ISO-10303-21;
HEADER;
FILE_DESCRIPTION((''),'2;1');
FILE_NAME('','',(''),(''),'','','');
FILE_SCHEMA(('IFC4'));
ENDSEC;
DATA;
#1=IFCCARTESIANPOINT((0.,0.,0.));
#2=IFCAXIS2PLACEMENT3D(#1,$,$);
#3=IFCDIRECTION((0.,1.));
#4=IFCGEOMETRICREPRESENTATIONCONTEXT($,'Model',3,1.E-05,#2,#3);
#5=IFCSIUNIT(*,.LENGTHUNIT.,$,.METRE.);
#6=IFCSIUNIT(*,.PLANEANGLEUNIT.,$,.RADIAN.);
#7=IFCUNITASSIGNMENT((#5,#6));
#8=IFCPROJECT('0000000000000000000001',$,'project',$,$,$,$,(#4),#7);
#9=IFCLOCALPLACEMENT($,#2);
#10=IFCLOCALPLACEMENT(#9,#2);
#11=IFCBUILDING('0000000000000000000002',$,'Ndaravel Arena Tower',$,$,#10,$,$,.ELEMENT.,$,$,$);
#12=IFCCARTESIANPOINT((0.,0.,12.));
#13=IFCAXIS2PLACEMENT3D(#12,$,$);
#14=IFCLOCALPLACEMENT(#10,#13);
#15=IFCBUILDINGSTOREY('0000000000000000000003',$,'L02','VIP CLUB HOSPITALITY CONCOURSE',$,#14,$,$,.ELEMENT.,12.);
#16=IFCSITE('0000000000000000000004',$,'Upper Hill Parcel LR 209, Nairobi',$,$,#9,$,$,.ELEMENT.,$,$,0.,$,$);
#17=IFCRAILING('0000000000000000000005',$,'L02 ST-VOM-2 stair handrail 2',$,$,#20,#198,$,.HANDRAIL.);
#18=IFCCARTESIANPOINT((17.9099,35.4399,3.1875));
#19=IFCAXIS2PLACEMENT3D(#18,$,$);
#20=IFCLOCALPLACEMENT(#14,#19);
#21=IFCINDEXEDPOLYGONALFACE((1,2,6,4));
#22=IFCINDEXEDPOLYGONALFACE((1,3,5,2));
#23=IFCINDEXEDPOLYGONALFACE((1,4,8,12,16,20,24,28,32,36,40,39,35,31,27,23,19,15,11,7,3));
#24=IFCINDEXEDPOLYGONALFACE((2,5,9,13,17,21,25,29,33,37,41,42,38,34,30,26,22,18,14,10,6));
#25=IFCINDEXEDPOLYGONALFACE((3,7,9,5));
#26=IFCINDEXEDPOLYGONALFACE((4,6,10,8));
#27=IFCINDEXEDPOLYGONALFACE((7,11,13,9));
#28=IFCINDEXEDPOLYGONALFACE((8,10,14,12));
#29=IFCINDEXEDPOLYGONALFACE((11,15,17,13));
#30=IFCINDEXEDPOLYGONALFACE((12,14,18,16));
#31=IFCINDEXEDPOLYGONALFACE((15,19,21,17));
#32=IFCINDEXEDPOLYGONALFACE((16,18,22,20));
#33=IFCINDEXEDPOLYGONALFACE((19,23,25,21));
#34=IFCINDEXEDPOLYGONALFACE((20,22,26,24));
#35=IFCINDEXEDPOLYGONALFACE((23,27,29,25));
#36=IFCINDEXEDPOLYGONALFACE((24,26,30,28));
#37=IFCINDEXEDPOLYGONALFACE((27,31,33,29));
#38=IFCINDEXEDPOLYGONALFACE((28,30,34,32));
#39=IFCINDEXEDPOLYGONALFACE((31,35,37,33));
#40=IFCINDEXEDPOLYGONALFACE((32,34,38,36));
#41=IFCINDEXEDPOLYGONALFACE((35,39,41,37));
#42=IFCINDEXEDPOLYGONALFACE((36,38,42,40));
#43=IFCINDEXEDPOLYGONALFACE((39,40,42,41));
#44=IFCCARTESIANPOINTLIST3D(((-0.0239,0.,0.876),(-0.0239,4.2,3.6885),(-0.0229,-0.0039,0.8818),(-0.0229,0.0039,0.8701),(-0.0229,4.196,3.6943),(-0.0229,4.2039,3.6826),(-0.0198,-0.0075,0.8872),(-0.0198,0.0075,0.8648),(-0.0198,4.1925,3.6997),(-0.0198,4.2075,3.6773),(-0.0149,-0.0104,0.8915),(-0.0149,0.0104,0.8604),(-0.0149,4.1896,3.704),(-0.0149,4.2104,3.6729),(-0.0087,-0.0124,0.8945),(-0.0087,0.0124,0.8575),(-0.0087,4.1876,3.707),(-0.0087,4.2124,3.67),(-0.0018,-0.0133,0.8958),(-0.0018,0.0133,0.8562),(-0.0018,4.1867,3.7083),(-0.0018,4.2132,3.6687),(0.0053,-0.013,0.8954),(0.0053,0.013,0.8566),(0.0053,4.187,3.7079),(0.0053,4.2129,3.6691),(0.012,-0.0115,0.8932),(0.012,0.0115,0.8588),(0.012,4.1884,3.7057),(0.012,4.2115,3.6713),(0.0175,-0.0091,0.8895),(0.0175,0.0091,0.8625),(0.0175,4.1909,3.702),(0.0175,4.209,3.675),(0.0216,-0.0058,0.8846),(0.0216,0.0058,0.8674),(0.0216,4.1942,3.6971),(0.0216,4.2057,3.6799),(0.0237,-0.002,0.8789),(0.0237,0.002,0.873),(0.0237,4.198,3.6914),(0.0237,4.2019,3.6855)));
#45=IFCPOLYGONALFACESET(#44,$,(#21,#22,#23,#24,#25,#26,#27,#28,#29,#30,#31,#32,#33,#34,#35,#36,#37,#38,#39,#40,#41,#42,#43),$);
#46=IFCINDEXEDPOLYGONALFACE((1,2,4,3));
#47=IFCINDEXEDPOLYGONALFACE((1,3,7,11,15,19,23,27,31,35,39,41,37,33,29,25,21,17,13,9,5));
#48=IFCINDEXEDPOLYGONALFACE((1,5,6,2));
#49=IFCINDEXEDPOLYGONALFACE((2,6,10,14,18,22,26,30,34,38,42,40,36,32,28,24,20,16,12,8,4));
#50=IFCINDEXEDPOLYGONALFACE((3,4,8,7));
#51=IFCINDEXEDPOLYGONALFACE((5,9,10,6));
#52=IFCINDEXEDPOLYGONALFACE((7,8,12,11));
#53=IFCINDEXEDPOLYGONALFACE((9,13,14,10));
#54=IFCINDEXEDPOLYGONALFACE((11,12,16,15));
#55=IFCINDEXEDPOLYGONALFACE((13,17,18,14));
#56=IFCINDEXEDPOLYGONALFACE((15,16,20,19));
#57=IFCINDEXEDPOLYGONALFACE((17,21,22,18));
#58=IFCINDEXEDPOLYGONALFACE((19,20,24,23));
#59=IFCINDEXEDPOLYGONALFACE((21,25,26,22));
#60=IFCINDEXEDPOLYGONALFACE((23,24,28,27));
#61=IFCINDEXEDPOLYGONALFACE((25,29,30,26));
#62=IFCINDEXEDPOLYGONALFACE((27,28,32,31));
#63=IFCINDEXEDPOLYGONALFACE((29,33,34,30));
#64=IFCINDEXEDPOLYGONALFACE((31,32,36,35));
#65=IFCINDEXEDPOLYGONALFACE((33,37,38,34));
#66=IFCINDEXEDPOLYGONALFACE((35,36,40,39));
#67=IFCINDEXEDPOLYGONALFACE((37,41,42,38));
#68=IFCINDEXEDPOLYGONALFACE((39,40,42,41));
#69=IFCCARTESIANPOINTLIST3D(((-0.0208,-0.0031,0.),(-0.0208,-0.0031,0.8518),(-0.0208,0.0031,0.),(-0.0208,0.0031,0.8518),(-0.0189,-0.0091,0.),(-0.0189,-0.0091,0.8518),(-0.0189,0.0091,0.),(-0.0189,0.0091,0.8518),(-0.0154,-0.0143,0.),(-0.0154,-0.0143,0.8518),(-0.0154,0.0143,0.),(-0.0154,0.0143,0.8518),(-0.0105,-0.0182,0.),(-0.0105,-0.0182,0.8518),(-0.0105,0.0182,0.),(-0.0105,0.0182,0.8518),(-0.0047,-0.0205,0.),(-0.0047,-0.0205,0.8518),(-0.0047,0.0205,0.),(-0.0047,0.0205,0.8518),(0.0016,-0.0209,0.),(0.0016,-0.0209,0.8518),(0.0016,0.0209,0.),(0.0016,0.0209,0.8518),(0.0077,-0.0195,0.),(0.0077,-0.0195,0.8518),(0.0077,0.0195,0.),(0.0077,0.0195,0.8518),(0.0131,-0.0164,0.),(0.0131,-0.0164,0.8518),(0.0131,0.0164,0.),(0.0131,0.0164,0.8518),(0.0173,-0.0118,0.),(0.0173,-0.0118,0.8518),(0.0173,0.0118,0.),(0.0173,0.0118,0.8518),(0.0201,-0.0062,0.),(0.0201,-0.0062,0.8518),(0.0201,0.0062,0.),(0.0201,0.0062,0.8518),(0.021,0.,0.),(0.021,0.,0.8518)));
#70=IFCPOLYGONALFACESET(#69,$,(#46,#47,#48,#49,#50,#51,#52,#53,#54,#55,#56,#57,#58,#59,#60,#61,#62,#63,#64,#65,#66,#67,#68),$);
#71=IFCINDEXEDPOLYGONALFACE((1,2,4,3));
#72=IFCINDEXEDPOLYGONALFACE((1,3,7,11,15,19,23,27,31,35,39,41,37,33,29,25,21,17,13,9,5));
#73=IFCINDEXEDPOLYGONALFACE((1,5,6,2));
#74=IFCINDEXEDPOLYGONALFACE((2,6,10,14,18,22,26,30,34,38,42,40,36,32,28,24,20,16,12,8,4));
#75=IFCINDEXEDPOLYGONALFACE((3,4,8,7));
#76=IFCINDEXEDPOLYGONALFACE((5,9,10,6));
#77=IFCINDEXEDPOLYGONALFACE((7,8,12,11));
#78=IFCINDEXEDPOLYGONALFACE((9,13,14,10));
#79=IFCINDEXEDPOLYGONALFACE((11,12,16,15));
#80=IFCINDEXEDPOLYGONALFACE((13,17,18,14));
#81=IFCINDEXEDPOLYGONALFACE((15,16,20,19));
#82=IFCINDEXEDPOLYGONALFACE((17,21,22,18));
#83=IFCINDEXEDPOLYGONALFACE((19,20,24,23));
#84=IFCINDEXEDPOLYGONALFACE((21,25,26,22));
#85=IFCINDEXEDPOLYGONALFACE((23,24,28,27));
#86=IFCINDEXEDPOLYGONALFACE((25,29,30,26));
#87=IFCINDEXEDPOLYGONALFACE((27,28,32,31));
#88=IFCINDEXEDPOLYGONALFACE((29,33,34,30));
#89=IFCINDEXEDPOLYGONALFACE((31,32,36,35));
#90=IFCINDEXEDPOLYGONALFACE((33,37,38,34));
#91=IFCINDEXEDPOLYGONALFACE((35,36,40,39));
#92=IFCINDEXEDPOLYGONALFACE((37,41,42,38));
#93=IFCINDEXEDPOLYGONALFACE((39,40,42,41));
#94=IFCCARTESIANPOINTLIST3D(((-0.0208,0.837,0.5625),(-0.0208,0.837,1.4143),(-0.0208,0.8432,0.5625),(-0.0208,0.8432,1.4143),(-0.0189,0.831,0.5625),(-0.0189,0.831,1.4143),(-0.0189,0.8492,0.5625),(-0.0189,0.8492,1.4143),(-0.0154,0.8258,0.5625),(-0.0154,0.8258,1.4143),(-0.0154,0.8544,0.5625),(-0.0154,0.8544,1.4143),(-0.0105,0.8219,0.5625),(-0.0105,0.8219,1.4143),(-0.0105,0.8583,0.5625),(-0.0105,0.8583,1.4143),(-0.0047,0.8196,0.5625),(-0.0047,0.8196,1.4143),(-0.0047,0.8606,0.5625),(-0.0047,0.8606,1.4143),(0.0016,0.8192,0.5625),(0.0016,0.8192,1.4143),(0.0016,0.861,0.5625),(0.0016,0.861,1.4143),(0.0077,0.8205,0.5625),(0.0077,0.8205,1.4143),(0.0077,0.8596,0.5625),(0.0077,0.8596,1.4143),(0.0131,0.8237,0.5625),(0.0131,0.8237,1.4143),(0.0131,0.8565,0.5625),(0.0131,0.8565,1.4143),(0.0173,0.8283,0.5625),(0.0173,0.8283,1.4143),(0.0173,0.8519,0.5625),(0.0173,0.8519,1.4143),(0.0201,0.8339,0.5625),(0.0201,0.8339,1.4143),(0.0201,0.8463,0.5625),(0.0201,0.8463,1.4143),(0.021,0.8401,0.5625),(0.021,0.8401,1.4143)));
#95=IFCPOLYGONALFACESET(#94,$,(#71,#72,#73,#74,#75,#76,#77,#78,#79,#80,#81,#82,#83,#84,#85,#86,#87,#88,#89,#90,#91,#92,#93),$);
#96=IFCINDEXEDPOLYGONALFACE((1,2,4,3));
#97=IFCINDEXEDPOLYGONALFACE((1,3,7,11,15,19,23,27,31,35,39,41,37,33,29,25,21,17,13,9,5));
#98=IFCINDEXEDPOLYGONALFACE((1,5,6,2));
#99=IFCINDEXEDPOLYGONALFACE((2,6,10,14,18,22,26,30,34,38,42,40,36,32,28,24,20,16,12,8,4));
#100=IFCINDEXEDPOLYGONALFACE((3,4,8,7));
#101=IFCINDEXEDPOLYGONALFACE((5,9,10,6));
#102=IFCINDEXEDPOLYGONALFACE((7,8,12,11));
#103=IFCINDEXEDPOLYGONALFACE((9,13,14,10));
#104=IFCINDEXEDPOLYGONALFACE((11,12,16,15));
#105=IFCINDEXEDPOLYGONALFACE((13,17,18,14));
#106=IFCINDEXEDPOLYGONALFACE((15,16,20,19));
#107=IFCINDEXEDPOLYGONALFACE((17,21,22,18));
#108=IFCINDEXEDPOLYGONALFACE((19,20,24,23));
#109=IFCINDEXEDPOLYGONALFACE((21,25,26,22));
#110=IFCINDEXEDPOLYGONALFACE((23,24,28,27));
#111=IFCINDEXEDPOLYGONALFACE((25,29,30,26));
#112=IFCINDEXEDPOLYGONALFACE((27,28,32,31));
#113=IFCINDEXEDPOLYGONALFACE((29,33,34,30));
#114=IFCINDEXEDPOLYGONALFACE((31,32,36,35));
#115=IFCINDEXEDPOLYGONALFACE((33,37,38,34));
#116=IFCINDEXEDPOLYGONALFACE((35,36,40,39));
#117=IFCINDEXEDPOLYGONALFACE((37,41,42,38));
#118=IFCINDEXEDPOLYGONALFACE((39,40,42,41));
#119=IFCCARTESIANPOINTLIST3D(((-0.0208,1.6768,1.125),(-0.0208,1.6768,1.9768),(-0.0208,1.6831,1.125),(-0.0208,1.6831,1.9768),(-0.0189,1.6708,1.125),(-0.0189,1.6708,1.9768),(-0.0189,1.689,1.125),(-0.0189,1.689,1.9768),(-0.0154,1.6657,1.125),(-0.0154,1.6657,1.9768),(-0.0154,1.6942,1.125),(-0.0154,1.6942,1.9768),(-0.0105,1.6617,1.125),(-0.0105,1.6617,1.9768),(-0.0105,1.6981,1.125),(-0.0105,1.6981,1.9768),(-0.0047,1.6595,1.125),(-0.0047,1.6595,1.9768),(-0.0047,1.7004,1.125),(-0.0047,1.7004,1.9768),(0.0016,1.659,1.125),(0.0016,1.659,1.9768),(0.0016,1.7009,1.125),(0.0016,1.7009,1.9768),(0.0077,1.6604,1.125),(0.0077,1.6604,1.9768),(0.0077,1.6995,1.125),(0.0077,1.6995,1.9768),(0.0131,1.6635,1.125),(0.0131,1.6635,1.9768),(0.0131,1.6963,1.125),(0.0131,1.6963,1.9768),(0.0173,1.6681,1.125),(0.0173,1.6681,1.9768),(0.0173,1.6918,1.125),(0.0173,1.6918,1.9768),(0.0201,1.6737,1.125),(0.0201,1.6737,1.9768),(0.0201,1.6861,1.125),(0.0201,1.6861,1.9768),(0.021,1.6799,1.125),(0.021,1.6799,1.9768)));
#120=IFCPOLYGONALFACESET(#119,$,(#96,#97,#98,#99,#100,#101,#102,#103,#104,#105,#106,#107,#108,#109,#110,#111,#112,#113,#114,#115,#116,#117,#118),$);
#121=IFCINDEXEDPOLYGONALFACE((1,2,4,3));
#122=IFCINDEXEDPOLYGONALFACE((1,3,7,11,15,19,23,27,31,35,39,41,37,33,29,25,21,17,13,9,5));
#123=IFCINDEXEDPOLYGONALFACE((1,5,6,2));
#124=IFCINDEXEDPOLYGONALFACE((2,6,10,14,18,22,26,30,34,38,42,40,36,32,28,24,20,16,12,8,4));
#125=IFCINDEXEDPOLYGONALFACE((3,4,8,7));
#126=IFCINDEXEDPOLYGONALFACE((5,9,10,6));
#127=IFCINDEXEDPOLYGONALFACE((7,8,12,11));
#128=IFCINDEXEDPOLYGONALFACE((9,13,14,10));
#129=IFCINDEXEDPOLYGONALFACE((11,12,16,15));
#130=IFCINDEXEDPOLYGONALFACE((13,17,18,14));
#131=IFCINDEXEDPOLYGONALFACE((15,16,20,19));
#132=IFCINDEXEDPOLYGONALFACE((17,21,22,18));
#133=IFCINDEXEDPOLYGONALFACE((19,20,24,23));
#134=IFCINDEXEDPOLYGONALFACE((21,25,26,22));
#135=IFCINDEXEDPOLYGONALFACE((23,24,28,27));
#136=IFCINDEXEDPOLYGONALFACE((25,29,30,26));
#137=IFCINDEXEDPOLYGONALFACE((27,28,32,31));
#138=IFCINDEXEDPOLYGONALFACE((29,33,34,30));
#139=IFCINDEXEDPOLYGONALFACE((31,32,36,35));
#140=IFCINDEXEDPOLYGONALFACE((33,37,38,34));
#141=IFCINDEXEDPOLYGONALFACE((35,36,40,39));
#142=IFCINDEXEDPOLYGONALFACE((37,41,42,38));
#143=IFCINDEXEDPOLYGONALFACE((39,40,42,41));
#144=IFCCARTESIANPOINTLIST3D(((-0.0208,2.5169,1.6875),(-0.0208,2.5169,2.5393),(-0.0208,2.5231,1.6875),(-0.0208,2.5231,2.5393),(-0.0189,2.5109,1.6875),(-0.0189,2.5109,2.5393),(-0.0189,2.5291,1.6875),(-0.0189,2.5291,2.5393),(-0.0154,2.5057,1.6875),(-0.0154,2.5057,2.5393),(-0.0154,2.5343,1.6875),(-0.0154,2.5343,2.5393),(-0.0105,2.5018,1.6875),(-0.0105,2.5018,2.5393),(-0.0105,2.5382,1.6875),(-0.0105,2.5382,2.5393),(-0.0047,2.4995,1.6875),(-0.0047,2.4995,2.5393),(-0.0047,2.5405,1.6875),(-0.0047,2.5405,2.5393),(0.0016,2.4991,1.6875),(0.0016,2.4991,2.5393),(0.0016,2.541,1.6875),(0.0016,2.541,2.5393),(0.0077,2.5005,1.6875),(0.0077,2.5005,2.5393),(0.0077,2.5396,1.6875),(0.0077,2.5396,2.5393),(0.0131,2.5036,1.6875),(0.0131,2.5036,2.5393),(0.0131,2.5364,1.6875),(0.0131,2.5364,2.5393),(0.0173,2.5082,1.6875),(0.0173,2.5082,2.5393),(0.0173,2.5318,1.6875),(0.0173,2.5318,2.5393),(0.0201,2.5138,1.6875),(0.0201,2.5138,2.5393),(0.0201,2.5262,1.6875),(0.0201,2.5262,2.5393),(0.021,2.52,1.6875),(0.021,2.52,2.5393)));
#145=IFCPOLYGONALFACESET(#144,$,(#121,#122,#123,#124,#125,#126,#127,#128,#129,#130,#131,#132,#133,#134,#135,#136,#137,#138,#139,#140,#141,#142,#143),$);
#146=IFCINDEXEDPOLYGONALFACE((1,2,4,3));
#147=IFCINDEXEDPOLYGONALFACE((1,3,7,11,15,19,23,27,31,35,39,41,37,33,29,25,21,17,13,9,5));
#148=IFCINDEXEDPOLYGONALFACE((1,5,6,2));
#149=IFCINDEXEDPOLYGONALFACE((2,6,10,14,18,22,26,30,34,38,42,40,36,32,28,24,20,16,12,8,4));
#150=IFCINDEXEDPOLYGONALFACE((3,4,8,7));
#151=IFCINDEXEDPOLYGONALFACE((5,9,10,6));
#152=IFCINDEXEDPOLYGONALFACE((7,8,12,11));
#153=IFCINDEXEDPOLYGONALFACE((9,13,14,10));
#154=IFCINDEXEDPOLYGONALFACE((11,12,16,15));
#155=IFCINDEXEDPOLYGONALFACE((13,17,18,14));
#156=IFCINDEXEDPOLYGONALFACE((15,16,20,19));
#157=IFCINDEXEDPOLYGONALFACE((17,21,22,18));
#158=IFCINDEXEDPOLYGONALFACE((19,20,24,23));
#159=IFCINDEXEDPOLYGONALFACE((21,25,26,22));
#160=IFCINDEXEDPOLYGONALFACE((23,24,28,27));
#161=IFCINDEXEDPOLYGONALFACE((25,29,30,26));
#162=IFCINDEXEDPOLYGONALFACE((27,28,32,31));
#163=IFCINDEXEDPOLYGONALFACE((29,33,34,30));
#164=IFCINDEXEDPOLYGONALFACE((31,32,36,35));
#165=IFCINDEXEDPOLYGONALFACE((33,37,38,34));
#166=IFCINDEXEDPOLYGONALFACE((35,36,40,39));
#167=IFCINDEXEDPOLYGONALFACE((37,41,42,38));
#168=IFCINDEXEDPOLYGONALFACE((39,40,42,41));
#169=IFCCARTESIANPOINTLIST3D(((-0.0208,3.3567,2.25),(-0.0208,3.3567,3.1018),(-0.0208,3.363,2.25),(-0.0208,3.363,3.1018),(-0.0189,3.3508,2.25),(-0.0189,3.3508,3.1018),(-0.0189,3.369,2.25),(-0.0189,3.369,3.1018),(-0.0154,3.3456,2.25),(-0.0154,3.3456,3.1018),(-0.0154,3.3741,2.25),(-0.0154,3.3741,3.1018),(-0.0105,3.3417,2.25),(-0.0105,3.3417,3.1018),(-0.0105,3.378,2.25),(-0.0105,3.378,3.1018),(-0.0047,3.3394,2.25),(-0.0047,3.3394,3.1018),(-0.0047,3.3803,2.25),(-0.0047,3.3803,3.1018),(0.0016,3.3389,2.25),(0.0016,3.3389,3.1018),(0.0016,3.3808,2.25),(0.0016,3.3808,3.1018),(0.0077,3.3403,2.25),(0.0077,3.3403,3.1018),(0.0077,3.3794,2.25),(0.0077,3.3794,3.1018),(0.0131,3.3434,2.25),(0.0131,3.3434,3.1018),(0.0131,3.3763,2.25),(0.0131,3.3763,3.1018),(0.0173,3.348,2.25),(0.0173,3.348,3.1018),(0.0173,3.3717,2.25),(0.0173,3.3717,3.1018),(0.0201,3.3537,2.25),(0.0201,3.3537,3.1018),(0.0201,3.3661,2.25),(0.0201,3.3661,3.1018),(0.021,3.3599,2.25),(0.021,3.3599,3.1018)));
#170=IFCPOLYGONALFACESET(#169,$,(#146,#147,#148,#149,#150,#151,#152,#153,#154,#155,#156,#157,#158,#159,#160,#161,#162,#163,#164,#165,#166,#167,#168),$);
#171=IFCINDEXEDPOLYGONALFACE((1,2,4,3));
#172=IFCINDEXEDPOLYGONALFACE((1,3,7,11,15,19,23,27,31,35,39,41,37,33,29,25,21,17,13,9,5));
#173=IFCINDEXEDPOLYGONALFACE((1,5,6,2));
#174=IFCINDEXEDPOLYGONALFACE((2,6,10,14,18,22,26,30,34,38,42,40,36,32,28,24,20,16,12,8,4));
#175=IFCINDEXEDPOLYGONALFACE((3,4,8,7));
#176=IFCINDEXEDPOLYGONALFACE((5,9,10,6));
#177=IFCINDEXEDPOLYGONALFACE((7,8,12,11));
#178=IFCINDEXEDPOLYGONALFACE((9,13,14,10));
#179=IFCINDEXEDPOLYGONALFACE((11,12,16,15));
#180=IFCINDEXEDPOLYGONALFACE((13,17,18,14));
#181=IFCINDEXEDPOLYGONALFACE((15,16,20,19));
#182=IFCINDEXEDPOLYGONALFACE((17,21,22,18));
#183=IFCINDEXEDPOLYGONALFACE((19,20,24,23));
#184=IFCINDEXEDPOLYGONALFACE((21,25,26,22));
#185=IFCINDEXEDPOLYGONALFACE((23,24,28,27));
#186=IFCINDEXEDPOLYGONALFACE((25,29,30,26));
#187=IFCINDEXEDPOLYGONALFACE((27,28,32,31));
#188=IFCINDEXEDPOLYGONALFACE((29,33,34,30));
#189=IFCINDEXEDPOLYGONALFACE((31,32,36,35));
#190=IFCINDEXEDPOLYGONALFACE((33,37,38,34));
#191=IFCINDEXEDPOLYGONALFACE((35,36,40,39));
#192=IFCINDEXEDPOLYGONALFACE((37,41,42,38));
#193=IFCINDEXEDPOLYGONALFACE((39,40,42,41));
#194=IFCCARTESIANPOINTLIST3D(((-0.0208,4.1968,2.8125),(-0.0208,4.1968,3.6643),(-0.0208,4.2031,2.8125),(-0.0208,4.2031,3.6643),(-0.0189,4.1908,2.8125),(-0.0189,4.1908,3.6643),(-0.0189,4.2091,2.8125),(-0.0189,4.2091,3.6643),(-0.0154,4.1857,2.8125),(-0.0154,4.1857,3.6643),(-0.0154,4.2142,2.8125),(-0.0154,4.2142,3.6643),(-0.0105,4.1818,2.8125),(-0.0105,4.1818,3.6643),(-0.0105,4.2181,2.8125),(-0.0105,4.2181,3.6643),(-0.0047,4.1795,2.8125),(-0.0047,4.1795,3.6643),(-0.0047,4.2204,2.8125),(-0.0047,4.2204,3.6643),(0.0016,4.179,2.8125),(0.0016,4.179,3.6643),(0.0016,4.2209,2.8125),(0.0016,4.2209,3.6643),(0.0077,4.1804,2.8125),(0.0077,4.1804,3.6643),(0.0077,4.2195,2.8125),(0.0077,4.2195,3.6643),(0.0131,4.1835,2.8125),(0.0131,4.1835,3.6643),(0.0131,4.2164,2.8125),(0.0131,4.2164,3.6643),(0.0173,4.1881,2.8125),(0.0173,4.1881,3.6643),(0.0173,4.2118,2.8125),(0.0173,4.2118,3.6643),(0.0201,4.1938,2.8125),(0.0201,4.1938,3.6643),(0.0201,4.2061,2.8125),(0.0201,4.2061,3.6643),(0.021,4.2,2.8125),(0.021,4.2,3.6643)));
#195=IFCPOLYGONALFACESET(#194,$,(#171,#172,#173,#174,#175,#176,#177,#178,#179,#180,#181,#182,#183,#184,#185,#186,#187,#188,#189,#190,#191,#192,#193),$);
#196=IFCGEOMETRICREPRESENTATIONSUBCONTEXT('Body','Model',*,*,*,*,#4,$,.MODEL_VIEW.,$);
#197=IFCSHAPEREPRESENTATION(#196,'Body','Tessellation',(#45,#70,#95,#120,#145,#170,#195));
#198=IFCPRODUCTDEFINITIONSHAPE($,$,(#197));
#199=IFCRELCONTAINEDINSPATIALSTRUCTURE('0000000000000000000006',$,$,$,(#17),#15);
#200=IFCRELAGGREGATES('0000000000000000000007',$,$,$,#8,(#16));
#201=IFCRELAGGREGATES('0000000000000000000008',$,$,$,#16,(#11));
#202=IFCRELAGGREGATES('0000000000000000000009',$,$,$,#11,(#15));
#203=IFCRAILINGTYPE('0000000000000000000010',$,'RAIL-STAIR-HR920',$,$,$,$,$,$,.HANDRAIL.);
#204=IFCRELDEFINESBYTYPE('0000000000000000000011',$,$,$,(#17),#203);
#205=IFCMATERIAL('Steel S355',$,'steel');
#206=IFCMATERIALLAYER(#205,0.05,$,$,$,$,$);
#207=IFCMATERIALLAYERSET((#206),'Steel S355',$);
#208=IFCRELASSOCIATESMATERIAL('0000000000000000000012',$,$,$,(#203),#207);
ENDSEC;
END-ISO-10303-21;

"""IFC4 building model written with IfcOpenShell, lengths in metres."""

from ifc_helpers import new_model, si_unit, direction, frame, origin, origin_2d, place, context, subcontext, project, spatial, circle, extrude, material, layer, layer_set, type_object, element, save


model = new_model("IFC4")

# Units and contexts
model_context = context("Model", 3, precision=1e-05, world=origin(), true_north=direction((0.0, 1.0)))
body_context = subcontext(model_context, "Body", "Model", "MODEL_VIEW")
ifc_project = project(units=[si_unit("LENGTHUNIT", "METRE"), si_unit("PLANEANGLEUNIT", "RADIAN")], contexts=[model_context])

# Site, building, storey
site_placement = place(None, origin())
site = spatial("IfcSite", under=ifc_project, at=site_placement, Name="Upper Hill Parcel LR 209, Nairobi", CompositionType="ELEMENT", RefElevation=0.0)
building_placement = place(site_placement, origin())
building = spatial("IfcBuilding", under=site, at=building_placement, Name="Ndaravel Arena Tower", CompositionType="ELEMENT")
storey_placement = place(building_placement, frame((0.0, 0.0, 12.0)))
storey = spatial("IfcBuildingStorey", under=building, at=storey_placement, Name="L02", Description="VIP CLUB HOSPITALITY CONCOURSE", CompositionType="ELEMENT", Elevation=12.0)

# Railing
ifc_material_1 = material(Name="Steel S355", Category="steel")
ifc_layer_1 = layer(ifc_material_1, 0.05)
ifc_layer_set_1 = layer_set([ifc_layer_1], Name="Steel S355")
railing_type_1 = type_object("IfcRailingType", Name="RAIL-STAIR-HR920", PredefinedType="HANDRAIL", material=ifc_layer_set_1)
railing_1_placement = place(storey_placement, frame((17.9099, 35.4399, 3.1875)))
element("IfcRailing", 1, at=railing_1_placement, inside=storey, type_object=railing_type_1, Name="L02 ST-VOM-2 stair handrail 2", PredefinedType="HANDRAIL", context=body_context, shape_type="SweptSolid", body=[
    extrude(circle(Radius=0.0239, at=origin_2d()), frame((0.0, 0.0, 0.876), z_axis=(0.0, 0.830904, 0.556416), x_axis=(-1.0, 0.0, 0.0)), (0.0, 0.0, 1.0), 5.0547),
    extrude(circle(Radius=0.021, at=origin_2d()), origin(), (0.0, 0.0, 1.0), 0.8518),
    extrude(circle(Radius=0.021, at=origin_2d()), frame((0.0, 0.8401, 0.5625)), (0.0, 0.0, 1.0), 0.8518),
    extrude(circle(Radius=0.021, at=origin_2d()), frame((0.0, 1.6799, 1.125)), (0.0, 0.0, 1.0), 0.8518),
    extrude(circle(Radius=0.021, at=origin_2d()), frame((0.0, 2.52, 1.6875)), (0.0, 0.0, 1.0), 0.8518),
    extrude(circle(Radius=0.021, at=origin_2d()), frame((0.0, 3.3599, 2.25)), (0.0, 0.0, 1.0), 0.8518),
    extrude(circle(Radius=0.021, at=origin_2d()), frame((0.0, 4.2, 2.8125)), (0.0, 0.0, 1.0), 0.8518),
])

save(model, "model.ifc")
